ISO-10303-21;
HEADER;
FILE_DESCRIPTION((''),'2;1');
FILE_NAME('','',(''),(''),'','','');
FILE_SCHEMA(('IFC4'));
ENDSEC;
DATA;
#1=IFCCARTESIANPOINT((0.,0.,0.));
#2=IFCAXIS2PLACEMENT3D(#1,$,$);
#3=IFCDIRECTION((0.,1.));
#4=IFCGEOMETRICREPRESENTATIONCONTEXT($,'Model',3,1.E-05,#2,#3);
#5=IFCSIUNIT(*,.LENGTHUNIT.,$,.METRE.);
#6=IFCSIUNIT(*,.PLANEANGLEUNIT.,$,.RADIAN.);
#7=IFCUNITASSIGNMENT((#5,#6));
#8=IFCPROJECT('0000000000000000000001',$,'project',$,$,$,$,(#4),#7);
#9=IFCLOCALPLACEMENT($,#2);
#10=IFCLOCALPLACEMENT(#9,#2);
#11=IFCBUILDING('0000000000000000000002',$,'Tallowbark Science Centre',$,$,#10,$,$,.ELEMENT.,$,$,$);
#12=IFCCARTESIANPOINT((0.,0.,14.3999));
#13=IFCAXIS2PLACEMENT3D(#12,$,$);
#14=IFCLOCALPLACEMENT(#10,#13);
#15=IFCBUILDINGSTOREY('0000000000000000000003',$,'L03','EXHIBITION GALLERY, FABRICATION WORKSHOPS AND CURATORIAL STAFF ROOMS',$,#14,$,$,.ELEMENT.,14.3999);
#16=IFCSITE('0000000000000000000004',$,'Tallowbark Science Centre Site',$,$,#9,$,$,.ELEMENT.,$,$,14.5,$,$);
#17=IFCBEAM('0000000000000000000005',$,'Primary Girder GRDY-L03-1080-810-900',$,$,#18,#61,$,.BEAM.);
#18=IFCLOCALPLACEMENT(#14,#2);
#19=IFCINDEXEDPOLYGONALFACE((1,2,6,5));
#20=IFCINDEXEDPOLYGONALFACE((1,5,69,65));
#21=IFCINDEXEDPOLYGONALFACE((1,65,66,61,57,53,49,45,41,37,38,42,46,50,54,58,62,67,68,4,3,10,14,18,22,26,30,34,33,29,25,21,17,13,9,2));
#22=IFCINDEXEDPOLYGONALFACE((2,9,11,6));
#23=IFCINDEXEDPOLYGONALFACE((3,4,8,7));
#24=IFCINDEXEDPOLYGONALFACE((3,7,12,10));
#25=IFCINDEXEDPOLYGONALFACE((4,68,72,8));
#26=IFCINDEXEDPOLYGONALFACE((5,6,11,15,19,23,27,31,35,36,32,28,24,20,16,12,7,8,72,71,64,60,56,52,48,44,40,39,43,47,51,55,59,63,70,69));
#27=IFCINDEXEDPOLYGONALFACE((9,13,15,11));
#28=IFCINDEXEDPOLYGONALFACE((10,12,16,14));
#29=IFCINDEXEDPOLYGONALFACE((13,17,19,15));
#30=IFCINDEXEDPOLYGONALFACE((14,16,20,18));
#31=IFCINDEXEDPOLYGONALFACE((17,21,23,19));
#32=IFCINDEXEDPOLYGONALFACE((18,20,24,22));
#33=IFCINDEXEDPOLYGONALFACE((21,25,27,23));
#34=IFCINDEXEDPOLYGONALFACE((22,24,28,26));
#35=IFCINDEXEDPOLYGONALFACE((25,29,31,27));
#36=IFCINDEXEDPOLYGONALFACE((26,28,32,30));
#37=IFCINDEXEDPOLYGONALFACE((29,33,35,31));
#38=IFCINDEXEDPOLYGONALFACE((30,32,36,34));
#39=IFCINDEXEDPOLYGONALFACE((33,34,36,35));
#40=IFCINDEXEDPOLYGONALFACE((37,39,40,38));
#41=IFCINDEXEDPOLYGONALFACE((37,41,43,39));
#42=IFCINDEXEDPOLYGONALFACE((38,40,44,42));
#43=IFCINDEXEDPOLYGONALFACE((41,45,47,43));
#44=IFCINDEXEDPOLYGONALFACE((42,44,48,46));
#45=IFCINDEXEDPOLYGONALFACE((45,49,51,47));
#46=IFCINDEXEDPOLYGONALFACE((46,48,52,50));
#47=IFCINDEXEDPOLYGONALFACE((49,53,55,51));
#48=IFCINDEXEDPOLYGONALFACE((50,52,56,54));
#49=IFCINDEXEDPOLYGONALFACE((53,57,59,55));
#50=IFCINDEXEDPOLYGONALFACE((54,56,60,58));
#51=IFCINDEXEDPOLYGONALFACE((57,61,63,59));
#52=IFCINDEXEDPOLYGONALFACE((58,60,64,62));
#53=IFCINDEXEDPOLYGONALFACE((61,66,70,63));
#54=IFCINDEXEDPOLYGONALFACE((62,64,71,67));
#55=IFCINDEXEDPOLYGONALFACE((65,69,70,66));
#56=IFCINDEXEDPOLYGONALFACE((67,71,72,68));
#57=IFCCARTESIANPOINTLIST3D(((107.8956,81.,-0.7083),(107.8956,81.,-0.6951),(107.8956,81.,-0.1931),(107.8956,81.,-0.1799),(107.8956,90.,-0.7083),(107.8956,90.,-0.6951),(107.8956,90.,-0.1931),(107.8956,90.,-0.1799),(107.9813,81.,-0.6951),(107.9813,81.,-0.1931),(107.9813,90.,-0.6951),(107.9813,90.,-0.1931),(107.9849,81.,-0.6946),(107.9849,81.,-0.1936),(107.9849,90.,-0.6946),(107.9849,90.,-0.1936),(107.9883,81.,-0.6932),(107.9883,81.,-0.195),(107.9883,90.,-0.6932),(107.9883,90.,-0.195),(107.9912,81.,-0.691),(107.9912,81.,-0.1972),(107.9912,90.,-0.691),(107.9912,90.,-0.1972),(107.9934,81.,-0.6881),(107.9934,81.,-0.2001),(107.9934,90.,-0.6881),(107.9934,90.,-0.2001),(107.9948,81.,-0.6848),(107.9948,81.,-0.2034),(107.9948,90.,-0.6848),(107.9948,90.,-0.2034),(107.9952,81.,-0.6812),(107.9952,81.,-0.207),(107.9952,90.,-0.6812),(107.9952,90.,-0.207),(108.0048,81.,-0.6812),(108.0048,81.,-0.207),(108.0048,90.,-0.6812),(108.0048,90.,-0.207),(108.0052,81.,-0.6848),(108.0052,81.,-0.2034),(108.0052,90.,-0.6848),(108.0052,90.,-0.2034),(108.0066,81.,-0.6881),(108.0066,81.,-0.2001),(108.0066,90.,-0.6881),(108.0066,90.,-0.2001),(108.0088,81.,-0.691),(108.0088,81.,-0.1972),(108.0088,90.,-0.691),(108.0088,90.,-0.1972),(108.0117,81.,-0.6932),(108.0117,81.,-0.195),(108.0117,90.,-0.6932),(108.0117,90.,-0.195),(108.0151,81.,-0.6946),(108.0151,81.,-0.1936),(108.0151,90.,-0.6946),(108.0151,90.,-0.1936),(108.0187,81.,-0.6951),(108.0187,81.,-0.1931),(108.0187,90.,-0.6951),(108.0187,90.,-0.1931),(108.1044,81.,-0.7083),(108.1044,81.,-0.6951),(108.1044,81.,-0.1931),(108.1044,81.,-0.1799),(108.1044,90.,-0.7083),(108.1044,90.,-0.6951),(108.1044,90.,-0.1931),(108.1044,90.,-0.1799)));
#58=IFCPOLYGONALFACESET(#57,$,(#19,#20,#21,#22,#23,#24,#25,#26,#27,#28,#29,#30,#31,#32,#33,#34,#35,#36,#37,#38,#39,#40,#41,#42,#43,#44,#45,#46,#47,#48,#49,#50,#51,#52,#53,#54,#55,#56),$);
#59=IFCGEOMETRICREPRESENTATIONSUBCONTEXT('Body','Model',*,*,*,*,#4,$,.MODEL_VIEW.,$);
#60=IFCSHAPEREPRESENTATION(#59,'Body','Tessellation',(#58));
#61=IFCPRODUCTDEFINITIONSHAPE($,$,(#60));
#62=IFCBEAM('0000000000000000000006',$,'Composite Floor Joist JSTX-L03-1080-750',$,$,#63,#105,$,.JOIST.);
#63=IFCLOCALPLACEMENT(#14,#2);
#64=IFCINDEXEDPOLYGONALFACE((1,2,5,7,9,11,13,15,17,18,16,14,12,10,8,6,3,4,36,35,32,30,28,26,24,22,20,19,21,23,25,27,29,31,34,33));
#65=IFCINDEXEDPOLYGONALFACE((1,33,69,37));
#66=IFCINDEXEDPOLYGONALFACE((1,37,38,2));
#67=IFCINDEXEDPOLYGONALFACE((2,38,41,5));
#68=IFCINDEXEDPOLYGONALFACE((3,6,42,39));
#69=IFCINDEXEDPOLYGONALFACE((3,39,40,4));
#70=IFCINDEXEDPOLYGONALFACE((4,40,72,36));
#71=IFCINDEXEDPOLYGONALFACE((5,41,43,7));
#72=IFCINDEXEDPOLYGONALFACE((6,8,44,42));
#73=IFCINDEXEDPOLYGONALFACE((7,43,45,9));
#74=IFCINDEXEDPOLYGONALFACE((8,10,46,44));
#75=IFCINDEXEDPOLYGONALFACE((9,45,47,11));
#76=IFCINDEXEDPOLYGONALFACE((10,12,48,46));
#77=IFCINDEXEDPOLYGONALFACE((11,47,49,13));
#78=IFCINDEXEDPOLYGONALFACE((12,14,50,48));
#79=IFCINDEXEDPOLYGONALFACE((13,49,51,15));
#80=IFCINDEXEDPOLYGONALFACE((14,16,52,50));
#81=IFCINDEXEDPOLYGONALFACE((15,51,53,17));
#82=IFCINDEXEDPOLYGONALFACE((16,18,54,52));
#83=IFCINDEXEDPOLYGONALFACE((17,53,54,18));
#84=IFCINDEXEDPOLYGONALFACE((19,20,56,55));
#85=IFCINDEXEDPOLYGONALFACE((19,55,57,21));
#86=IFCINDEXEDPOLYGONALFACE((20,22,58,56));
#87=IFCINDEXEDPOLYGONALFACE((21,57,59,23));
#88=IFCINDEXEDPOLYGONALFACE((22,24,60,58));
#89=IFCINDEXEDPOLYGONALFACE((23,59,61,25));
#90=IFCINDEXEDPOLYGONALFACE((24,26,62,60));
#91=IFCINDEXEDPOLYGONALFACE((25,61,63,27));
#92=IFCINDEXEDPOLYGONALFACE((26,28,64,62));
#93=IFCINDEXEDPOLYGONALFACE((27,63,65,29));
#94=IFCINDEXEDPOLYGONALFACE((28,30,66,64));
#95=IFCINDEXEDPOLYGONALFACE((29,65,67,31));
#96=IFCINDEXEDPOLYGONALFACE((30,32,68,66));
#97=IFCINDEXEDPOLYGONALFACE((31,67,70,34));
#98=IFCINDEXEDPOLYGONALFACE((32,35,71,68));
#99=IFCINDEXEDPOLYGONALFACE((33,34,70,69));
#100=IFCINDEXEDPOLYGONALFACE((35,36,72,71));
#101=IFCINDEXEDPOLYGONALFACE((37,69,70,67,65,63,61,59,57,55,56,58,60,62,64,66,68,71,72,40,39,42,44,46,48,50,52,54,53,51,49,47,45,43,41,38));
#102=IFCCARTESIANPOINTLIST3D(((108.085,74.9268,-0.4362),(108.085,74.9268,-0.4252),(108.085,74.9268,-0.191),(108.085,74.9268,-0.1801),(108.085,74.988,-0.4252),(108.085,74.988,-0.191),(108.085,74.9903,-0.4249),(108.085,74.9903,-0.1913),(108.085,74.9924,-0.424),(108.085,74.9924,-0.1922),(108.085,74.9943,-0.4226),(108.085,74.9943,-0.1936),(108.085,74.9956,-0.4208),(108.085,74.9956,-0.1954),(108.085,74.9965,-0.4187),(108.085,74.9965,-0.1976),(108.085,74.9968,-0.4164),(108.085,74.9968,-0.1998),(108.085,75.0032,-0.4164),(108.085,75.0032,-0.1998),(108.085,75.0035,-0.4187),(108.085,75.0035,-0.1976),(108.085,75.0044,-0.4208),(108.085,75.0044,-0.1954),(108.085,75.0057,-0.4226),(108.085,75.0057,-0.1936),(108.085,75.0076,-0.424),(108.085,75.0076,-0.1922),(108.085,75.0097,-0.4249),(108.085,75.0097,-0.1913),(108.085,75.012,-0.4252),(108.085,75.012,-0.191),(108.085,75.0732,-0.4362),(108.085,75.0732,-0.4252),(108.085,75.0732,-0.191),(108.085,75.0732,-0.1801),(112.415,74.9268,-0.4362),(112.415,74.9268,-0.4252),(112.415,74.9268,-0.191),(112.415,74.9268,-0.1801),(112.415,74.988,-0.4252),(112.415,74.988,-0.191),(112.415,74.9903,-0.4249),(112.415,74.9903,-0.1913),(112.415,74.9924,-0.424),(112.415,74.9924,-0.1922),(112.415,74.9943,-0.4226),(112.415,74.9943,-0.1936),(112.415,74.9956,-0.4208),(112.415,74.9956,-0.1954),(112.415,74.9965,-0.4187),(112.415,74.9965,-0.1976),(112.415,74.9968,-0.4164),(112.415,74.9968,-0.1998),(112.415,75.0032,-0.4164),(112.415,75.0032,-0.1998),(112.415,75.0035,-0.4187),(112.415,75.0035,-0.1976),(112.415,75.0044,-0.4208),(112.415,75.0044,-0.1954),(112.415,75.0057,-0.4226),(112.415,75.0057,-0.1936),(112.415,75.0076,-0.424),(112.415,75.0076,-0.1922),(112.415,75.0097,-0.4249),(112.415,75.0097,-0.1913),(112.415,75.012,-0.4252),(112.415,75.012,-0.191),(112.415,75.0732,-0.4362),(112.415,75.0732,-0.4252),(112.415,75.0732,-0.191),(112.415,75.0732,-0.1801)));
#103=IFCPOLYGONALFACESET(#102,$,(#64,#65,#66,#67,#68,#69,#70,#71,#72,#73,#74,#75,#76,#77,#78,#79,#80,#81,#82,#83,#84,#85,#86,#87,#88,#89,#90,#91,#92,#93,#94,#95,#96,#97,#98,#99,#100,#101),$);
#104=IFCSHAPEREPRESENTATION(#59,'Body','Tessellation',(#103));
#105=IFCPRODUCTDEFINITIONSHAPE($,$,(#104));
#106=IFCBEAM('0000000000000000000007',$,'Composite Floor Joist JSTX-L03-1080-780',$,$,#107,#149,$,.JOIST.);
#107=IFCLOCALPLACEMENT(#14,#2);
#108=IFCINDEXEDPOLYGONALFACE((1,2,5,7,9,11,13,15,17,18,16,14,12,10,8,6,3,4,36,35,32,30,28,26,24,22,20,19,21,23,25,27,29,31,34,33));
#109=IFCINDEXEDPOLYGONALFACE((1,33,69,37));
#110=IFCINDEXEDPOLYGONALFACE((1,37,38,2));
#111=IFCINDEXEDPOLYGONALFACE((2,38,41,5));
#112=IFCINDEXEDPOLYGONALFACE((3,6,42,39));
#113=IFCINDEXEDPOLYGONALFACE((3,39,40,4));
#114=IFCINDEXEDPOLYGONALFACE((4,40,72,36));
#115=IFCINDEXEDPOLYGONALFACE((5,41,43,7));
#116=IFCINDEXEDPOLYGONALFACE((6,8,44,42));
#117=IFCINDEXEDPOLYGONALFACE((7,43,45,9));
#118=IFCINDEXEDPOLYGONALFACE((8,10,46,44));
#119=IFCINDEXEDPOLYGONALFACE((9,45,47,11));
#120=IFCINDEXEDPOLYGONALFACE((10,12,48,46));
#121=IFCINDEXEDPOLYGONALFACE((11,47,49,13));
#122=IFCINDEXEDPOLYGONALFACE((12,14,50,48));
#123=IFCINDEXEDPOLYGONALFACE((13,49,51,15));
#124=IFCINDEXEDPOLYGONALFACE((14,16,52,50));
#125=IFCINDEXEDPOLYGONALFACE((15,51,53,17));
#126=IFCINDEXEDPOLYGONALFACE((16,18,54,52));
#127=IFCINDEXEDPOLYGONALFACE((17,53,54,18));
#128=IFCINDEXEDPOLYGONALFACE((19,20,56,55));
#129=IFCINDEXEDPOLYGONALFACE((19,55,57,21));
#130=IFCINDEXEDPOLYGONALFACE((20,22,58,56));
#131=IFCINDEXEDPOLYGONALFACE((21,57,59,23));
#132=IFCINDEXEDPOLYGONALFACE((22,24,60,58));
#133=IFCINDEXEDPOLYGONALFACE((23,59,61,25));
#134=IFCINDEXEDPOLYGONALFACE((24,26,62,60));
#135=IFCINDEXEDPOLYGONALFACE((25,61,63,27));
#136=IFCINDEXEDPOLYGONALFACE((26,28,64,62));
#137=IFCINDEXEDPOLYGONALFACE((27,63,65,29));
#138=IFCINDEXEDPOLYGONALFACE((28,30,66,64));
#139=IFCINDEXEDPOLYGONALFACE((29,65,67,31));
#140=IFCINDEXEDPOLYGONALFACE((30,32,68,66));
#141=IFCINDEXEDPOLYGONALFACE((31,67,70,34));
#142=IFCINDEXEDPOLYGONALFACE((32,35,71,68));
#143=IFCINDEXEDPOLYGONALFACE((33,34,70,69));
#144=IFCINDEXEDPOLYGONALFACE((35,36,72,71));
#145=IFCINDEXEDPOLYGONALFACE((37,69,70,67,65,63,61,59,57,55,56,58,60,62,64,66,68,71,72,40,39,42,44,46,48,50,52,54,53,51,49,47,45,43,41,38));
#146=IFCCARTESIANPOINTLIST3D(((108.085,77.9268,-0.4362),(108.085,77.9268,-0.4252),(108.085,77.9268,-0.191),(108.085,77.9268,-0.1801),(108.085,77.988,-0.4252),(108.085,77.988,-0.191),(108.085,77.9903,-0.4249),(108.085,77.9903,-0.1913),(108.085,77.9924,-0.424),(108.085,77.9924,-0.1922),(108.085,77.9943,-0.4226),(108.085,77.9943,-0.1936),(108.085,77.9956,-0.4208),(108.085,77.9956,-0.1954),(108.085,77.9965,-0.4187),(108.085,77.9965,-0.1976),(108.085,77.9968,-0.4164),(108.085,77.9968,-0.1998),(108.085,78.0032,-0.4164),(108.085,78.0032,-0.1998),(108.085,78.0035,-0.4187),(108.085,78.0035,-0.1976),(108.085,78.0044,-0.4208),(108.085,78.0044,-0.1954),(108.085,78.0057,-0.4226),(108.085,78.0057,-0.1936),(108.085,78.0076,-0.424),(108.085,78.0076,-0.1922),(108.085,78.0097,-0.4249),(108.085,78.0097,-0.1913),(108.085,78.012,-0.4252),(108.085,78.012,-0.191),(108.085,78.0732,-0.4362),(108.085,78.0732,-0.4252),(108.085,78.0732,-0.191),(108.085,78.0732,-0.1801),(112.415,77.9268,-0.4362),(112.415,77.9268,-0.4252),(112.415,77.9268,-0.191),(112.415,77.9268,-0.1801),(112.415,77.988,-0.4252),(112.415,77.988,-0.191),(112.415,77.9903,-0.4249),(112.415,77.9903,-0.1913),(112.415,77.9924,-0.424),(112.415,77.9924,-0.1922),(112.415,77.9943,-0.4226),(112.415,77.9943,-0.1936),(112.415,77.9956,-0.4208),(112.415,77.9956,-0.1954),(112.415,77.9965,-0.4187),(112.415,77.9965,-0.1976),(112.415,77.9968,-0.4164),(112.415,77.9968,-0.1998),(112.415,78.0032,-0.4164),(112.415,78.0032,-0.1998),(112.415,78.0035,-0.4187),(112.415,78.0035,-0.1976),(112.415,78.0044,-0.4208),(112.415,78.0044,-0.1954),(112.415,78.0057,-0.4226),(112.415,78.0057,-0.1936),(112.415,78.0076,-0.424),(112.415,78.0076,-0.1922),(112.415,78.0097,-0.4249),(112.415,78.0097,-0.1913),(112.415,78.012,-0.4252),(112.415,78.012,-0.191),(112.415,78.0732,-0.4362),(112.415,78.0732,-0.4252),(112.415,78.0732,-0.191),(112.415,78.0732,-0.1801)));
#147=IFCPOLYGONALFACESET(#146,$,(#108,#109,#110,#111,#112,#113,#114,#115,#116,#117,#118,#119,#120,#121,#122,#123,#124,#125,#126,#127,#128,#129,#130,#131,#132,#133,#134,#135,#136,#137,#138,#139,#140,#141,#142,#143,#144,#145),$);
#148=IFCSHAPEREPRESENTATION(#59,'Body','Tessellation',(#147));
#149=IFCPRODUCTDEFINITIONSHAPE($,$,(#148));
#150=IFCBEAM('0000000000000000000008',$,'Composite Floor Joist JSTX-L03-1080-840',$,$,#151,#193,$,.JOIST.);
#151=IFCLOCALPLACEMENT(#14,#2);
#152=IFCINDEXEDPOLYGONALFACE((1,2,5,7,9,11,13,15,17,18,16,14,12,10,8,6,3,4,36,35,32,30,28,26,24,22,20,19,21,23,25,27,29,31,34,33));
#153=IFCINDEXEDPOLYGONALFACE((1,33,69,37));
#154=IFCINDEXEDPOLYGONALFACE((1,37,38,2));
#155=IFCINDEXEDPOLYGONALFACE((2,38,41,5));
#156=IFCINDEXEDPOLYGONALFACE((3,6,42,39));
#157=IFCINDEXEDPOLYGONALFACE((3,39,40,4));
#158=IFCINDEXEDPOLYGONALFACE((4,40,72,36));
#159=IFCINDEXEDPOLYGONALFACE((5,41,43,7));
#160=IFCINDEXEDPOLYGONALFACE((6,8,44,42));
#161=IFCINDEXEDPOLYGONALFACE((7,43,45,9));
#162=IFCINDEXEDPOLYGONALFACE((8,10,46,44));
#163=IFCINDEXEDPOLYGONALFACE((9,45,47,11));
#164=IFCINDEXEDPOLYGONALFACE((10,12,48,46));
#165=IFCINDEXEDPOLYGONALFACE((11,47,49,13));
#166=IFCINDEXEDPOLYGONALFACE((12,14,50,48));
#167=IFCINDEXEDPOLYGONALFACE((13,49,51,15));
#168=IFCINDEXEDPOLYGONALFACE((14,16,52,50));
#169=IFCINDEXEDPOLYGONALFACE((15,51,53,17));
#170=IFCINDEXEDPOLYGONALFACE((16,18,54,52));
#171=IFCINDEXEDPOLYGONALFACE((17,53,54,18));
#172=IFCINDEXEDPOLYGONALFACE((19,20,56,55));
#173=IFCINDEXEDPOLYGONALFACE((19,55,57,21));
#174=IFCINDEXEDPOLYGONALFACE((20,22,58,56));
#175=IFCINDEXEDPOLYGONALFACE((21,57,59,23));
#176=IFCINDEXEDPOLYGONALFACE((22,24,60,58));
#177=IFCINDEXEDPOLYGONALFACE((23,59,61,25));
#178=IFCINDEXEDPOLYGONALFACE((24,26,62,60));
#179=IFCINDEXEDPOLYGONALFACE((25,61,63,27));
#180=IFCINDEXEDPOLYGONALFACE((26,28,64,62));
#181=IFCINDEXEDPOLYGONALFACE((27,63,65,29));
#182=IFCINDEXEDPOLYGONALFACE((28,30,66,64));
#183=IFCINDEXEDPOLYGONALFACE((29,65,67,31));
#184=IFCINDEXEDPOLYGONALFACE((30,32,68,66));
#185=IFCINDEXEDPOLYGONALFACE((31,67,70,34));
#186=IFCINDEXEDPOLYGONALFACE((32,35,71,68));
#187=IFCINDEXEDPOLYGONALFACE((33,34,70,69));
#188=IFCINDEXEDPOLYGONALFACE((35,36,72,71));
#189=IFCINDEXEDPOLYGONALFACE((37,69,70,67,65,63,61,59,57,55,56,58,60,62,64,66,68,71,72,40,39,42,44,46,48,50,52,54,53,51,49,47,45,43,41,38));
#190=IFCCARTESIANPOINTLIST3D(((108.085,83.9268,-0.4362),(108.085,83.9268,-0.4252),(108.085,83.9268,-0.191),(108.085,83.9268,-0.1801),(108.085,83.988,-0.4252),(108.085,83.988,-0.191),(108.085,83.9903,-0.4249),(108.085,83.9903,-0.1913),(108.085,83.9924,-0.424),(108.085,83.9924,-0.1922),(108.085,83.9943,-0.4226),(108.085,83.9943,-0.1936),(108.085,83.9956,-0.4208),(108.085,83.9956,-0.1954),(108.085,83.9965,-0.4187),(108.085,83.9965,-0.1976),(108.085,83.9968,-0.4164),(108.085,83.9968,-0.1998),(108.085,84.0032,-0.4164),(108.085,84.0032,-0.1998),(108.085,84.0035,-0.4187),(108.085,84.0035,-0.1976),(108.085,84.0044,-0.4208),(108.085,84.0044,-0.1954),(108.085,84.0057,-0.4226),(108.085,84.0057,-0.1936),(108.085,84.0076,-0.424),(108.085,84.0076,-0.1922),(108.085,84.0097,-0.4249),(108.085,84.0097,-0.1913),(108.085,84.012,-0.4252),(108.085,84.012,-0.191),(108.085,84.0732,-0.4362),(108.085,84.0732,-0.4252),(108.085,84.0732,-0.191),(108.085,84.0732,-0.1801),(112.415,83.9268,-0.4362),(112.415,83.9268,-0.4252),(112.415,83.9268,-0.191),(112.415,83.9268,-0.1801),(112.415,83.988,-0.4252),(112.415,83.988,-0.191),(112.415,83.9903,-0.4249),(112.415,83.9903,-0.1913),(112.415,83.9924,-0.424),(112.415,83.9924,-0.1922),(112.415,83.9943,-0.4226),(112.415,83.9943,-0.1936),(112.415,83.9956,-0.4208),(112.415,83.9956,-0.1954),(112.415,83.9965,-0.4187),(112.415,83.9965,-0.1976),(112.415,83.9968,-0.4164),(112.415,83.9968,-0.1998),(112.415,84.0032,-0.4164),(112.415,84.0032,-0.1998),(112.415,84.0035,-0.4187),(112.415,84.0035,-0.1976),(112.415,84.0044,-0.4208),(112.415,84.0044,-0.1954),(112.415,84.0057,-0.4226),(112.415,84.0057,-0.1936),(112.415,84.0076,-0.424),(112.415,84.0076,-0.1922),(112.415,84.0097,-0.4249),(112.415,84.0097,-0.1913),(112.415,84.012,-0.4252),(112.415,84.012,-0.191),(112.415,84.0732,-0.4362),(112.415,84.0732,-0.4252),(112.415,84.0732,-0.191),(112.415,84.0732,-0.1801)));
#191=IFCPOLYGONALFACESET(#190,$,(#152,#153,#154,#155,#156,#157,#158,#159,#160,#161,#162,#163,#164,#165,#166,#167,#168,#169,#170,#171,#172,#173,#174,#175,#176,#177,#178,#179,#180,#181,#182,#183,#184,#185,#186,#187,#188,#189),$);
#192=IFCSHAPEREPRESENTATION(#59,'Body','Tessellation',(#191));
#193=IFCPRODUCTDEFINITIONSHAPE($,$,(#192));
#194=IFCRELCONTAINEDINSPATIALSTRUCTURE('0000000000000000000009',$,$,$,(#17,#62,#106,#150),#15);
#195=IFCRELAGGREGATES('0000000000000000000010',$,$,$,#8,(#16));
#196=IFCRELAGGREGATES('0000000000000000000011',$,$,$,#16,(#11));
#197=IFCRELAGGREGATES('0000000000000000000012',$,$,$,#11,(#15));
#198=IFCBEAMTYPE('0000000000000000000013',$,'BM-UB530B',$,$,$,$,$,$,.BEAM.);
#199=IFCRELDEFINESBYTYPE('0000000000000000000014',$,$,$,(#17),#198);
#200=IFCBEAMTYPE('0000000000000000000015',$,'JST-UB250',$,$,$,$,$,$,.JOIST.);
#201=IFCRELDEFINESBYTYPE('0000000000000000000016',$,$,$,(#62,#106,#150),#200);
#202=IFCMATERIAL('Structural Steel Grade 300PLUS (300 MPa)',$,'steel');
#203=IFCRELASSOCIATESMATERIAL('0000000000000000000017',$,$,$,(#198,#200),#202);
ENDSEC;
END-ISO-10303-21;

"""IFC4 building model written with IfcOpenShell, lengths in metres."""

from ifc_helpers import new_model, si_unit, direction, frame, origin, origin_2d, place, context, subcontext, project, spatial, i_section, extrude, material, material_profile, profile_set, type_object, element, save


model = new_model("IFC4")

# Units and contexts
model_context = context("Model", 3, precision=1e-05, world=origin(), true_north=direction((0.0, 1.0)))
body_context = subcontext(model_context, "Body", "Model", "MODEL_VIEW")
ifc_project = project(units=[si_unit("LENGTHUNIT", "METRE"), si_unit("PLANEANGLEUNIT", "RADIAN")], contexts=[model_context])

# Site, building, storey
site_placement = place(None, origin())
site = spatial("IfcSite", under=ifc_project, at=site_placement, Name="Tallowbark Science Centre Site", CompositionType="ELEMENT", RefElevation=14.5)
building_placement = place(site_placement, origin())
building = spatial("IfcBuilding", under=site, at=building_placement, Name="Tallowbark Science Centre", CompositionType="ELEMENT")
storey_placement = place(building_placement, frame((0.0, 0.0, 14.3999)))
storey = spatial("IfcBuildingStorey", under=building, at=storey_placement, Name="L03", Description="EXHIBITION GALLERY, FABRICATION WORKSHOPS AND CURATORIAL STAFF ROOMS", CompositionType="ELEMENT", Elevation=14.3999)

# Shared definitions
ifc_material_1 = material(Name="Structural Steel Grade 300PLUS (300 MPa)", Category="steel")

# Beams
ifc_material_profile_1 = material_profile(ifc_material_1, i_section(OverallWidth=0.2087, OverallDepth=0.5283, WebThickness=0.0095, FlangeThickness=0.0132, FilletRadius=0.0139, at=origin_2d()), Name="530UB82.0")
ifc_profile_set_1 = profile_set([ifc_material_profile_1], Name="Structural Steel Grade 300PLUS (300 MPa)")
beam_type_1 = type_object("IfcBeamType", Name="BM-UB530B", PredefinedType="BEAM", material=ifc_profile_set_1)
beam_1_placement = place(storey_placement, frame((108.0, 81.0, -0.4441), z_axis=(0.0, 1.0, 0.0), x_axis=(-1.0, 0.0, 0.0)))
element("IfcBeam", 1, at=beam_1_placement, inside=storey, type_object=beam_type_1, Name="Primary Girder GRDY-L03-1080-810-900", PredefinedType="BEAM", context=body_context, shape_type="SweptSolid", body=[
    extrude(i_section(OverallWidth=0.2087, OverallDepth=0.5283, WebThickness=0.0095, FlangeThickness=0.0132, FilletRadius=0.0139, at=origin_2d()), origin(), (0.0, 0.0, 1.0), 9.0),
])
ifc_material_profile_2 = material_profile(ifc_material_1, i_section(OverallWidth=0.1465, OverallDepth=0.2561, WebThickness=0.0063, FlangeThickness=0.011, FilletRadius=0.0088, at=origin_2d()), Name="250UB37.3")
ifc_profile_set_2 = profile_set([ifc_material_profile_2], Name="Structural Steel Grade 300PLUS (300 MPa)")
beam_type_2 = type_object("IfcBeamType", Name="JST-UB250", PredefinedType="JOIST", material=ifc_profile_set_2)
for number, where, z_axis, x_axis, name in (
    (2, (108.085, 75.0, -0.3081), (1.0, 0.0, 0.0), (0.0, 1.0, 0.0), "Composite Floor Joist JSTX-L03-1080-750"),
    (3, (108.085, 78.0, -0.3081), (1.0, 0.0, 0.0), (0.0, 1.0, 0.0), "Composite Floor Joist JSTX-L03-1080-780"),
    (4, (108.085, 84.0, -0.3081), (1.0, 0.0, 0.0), (0.0, 1.0, 0.0), "Composite Floor Joist JSTX-L03-1080-840"),
):
    element("IfcBeam", number, at=place(storey_placement, frame(where, z_axis=z_axis, x_axis=x_axis)), inside=storey, type_object=beam_type_2, Name=name, PredefinedType="JOIST", context=body_context, shape_type="SweptSolid", body=[
        extrude(i_section(OverallWidth=0.1465, OverallDepth=0.2561, WebThickness=0.0063, FlangeThickness=0.011, FilletRadius=0.0088, at=origin_2d()), origin(), (0.0, 0.0, 1.0), 4.3301),
    ])

save(model, "model.ifc")
